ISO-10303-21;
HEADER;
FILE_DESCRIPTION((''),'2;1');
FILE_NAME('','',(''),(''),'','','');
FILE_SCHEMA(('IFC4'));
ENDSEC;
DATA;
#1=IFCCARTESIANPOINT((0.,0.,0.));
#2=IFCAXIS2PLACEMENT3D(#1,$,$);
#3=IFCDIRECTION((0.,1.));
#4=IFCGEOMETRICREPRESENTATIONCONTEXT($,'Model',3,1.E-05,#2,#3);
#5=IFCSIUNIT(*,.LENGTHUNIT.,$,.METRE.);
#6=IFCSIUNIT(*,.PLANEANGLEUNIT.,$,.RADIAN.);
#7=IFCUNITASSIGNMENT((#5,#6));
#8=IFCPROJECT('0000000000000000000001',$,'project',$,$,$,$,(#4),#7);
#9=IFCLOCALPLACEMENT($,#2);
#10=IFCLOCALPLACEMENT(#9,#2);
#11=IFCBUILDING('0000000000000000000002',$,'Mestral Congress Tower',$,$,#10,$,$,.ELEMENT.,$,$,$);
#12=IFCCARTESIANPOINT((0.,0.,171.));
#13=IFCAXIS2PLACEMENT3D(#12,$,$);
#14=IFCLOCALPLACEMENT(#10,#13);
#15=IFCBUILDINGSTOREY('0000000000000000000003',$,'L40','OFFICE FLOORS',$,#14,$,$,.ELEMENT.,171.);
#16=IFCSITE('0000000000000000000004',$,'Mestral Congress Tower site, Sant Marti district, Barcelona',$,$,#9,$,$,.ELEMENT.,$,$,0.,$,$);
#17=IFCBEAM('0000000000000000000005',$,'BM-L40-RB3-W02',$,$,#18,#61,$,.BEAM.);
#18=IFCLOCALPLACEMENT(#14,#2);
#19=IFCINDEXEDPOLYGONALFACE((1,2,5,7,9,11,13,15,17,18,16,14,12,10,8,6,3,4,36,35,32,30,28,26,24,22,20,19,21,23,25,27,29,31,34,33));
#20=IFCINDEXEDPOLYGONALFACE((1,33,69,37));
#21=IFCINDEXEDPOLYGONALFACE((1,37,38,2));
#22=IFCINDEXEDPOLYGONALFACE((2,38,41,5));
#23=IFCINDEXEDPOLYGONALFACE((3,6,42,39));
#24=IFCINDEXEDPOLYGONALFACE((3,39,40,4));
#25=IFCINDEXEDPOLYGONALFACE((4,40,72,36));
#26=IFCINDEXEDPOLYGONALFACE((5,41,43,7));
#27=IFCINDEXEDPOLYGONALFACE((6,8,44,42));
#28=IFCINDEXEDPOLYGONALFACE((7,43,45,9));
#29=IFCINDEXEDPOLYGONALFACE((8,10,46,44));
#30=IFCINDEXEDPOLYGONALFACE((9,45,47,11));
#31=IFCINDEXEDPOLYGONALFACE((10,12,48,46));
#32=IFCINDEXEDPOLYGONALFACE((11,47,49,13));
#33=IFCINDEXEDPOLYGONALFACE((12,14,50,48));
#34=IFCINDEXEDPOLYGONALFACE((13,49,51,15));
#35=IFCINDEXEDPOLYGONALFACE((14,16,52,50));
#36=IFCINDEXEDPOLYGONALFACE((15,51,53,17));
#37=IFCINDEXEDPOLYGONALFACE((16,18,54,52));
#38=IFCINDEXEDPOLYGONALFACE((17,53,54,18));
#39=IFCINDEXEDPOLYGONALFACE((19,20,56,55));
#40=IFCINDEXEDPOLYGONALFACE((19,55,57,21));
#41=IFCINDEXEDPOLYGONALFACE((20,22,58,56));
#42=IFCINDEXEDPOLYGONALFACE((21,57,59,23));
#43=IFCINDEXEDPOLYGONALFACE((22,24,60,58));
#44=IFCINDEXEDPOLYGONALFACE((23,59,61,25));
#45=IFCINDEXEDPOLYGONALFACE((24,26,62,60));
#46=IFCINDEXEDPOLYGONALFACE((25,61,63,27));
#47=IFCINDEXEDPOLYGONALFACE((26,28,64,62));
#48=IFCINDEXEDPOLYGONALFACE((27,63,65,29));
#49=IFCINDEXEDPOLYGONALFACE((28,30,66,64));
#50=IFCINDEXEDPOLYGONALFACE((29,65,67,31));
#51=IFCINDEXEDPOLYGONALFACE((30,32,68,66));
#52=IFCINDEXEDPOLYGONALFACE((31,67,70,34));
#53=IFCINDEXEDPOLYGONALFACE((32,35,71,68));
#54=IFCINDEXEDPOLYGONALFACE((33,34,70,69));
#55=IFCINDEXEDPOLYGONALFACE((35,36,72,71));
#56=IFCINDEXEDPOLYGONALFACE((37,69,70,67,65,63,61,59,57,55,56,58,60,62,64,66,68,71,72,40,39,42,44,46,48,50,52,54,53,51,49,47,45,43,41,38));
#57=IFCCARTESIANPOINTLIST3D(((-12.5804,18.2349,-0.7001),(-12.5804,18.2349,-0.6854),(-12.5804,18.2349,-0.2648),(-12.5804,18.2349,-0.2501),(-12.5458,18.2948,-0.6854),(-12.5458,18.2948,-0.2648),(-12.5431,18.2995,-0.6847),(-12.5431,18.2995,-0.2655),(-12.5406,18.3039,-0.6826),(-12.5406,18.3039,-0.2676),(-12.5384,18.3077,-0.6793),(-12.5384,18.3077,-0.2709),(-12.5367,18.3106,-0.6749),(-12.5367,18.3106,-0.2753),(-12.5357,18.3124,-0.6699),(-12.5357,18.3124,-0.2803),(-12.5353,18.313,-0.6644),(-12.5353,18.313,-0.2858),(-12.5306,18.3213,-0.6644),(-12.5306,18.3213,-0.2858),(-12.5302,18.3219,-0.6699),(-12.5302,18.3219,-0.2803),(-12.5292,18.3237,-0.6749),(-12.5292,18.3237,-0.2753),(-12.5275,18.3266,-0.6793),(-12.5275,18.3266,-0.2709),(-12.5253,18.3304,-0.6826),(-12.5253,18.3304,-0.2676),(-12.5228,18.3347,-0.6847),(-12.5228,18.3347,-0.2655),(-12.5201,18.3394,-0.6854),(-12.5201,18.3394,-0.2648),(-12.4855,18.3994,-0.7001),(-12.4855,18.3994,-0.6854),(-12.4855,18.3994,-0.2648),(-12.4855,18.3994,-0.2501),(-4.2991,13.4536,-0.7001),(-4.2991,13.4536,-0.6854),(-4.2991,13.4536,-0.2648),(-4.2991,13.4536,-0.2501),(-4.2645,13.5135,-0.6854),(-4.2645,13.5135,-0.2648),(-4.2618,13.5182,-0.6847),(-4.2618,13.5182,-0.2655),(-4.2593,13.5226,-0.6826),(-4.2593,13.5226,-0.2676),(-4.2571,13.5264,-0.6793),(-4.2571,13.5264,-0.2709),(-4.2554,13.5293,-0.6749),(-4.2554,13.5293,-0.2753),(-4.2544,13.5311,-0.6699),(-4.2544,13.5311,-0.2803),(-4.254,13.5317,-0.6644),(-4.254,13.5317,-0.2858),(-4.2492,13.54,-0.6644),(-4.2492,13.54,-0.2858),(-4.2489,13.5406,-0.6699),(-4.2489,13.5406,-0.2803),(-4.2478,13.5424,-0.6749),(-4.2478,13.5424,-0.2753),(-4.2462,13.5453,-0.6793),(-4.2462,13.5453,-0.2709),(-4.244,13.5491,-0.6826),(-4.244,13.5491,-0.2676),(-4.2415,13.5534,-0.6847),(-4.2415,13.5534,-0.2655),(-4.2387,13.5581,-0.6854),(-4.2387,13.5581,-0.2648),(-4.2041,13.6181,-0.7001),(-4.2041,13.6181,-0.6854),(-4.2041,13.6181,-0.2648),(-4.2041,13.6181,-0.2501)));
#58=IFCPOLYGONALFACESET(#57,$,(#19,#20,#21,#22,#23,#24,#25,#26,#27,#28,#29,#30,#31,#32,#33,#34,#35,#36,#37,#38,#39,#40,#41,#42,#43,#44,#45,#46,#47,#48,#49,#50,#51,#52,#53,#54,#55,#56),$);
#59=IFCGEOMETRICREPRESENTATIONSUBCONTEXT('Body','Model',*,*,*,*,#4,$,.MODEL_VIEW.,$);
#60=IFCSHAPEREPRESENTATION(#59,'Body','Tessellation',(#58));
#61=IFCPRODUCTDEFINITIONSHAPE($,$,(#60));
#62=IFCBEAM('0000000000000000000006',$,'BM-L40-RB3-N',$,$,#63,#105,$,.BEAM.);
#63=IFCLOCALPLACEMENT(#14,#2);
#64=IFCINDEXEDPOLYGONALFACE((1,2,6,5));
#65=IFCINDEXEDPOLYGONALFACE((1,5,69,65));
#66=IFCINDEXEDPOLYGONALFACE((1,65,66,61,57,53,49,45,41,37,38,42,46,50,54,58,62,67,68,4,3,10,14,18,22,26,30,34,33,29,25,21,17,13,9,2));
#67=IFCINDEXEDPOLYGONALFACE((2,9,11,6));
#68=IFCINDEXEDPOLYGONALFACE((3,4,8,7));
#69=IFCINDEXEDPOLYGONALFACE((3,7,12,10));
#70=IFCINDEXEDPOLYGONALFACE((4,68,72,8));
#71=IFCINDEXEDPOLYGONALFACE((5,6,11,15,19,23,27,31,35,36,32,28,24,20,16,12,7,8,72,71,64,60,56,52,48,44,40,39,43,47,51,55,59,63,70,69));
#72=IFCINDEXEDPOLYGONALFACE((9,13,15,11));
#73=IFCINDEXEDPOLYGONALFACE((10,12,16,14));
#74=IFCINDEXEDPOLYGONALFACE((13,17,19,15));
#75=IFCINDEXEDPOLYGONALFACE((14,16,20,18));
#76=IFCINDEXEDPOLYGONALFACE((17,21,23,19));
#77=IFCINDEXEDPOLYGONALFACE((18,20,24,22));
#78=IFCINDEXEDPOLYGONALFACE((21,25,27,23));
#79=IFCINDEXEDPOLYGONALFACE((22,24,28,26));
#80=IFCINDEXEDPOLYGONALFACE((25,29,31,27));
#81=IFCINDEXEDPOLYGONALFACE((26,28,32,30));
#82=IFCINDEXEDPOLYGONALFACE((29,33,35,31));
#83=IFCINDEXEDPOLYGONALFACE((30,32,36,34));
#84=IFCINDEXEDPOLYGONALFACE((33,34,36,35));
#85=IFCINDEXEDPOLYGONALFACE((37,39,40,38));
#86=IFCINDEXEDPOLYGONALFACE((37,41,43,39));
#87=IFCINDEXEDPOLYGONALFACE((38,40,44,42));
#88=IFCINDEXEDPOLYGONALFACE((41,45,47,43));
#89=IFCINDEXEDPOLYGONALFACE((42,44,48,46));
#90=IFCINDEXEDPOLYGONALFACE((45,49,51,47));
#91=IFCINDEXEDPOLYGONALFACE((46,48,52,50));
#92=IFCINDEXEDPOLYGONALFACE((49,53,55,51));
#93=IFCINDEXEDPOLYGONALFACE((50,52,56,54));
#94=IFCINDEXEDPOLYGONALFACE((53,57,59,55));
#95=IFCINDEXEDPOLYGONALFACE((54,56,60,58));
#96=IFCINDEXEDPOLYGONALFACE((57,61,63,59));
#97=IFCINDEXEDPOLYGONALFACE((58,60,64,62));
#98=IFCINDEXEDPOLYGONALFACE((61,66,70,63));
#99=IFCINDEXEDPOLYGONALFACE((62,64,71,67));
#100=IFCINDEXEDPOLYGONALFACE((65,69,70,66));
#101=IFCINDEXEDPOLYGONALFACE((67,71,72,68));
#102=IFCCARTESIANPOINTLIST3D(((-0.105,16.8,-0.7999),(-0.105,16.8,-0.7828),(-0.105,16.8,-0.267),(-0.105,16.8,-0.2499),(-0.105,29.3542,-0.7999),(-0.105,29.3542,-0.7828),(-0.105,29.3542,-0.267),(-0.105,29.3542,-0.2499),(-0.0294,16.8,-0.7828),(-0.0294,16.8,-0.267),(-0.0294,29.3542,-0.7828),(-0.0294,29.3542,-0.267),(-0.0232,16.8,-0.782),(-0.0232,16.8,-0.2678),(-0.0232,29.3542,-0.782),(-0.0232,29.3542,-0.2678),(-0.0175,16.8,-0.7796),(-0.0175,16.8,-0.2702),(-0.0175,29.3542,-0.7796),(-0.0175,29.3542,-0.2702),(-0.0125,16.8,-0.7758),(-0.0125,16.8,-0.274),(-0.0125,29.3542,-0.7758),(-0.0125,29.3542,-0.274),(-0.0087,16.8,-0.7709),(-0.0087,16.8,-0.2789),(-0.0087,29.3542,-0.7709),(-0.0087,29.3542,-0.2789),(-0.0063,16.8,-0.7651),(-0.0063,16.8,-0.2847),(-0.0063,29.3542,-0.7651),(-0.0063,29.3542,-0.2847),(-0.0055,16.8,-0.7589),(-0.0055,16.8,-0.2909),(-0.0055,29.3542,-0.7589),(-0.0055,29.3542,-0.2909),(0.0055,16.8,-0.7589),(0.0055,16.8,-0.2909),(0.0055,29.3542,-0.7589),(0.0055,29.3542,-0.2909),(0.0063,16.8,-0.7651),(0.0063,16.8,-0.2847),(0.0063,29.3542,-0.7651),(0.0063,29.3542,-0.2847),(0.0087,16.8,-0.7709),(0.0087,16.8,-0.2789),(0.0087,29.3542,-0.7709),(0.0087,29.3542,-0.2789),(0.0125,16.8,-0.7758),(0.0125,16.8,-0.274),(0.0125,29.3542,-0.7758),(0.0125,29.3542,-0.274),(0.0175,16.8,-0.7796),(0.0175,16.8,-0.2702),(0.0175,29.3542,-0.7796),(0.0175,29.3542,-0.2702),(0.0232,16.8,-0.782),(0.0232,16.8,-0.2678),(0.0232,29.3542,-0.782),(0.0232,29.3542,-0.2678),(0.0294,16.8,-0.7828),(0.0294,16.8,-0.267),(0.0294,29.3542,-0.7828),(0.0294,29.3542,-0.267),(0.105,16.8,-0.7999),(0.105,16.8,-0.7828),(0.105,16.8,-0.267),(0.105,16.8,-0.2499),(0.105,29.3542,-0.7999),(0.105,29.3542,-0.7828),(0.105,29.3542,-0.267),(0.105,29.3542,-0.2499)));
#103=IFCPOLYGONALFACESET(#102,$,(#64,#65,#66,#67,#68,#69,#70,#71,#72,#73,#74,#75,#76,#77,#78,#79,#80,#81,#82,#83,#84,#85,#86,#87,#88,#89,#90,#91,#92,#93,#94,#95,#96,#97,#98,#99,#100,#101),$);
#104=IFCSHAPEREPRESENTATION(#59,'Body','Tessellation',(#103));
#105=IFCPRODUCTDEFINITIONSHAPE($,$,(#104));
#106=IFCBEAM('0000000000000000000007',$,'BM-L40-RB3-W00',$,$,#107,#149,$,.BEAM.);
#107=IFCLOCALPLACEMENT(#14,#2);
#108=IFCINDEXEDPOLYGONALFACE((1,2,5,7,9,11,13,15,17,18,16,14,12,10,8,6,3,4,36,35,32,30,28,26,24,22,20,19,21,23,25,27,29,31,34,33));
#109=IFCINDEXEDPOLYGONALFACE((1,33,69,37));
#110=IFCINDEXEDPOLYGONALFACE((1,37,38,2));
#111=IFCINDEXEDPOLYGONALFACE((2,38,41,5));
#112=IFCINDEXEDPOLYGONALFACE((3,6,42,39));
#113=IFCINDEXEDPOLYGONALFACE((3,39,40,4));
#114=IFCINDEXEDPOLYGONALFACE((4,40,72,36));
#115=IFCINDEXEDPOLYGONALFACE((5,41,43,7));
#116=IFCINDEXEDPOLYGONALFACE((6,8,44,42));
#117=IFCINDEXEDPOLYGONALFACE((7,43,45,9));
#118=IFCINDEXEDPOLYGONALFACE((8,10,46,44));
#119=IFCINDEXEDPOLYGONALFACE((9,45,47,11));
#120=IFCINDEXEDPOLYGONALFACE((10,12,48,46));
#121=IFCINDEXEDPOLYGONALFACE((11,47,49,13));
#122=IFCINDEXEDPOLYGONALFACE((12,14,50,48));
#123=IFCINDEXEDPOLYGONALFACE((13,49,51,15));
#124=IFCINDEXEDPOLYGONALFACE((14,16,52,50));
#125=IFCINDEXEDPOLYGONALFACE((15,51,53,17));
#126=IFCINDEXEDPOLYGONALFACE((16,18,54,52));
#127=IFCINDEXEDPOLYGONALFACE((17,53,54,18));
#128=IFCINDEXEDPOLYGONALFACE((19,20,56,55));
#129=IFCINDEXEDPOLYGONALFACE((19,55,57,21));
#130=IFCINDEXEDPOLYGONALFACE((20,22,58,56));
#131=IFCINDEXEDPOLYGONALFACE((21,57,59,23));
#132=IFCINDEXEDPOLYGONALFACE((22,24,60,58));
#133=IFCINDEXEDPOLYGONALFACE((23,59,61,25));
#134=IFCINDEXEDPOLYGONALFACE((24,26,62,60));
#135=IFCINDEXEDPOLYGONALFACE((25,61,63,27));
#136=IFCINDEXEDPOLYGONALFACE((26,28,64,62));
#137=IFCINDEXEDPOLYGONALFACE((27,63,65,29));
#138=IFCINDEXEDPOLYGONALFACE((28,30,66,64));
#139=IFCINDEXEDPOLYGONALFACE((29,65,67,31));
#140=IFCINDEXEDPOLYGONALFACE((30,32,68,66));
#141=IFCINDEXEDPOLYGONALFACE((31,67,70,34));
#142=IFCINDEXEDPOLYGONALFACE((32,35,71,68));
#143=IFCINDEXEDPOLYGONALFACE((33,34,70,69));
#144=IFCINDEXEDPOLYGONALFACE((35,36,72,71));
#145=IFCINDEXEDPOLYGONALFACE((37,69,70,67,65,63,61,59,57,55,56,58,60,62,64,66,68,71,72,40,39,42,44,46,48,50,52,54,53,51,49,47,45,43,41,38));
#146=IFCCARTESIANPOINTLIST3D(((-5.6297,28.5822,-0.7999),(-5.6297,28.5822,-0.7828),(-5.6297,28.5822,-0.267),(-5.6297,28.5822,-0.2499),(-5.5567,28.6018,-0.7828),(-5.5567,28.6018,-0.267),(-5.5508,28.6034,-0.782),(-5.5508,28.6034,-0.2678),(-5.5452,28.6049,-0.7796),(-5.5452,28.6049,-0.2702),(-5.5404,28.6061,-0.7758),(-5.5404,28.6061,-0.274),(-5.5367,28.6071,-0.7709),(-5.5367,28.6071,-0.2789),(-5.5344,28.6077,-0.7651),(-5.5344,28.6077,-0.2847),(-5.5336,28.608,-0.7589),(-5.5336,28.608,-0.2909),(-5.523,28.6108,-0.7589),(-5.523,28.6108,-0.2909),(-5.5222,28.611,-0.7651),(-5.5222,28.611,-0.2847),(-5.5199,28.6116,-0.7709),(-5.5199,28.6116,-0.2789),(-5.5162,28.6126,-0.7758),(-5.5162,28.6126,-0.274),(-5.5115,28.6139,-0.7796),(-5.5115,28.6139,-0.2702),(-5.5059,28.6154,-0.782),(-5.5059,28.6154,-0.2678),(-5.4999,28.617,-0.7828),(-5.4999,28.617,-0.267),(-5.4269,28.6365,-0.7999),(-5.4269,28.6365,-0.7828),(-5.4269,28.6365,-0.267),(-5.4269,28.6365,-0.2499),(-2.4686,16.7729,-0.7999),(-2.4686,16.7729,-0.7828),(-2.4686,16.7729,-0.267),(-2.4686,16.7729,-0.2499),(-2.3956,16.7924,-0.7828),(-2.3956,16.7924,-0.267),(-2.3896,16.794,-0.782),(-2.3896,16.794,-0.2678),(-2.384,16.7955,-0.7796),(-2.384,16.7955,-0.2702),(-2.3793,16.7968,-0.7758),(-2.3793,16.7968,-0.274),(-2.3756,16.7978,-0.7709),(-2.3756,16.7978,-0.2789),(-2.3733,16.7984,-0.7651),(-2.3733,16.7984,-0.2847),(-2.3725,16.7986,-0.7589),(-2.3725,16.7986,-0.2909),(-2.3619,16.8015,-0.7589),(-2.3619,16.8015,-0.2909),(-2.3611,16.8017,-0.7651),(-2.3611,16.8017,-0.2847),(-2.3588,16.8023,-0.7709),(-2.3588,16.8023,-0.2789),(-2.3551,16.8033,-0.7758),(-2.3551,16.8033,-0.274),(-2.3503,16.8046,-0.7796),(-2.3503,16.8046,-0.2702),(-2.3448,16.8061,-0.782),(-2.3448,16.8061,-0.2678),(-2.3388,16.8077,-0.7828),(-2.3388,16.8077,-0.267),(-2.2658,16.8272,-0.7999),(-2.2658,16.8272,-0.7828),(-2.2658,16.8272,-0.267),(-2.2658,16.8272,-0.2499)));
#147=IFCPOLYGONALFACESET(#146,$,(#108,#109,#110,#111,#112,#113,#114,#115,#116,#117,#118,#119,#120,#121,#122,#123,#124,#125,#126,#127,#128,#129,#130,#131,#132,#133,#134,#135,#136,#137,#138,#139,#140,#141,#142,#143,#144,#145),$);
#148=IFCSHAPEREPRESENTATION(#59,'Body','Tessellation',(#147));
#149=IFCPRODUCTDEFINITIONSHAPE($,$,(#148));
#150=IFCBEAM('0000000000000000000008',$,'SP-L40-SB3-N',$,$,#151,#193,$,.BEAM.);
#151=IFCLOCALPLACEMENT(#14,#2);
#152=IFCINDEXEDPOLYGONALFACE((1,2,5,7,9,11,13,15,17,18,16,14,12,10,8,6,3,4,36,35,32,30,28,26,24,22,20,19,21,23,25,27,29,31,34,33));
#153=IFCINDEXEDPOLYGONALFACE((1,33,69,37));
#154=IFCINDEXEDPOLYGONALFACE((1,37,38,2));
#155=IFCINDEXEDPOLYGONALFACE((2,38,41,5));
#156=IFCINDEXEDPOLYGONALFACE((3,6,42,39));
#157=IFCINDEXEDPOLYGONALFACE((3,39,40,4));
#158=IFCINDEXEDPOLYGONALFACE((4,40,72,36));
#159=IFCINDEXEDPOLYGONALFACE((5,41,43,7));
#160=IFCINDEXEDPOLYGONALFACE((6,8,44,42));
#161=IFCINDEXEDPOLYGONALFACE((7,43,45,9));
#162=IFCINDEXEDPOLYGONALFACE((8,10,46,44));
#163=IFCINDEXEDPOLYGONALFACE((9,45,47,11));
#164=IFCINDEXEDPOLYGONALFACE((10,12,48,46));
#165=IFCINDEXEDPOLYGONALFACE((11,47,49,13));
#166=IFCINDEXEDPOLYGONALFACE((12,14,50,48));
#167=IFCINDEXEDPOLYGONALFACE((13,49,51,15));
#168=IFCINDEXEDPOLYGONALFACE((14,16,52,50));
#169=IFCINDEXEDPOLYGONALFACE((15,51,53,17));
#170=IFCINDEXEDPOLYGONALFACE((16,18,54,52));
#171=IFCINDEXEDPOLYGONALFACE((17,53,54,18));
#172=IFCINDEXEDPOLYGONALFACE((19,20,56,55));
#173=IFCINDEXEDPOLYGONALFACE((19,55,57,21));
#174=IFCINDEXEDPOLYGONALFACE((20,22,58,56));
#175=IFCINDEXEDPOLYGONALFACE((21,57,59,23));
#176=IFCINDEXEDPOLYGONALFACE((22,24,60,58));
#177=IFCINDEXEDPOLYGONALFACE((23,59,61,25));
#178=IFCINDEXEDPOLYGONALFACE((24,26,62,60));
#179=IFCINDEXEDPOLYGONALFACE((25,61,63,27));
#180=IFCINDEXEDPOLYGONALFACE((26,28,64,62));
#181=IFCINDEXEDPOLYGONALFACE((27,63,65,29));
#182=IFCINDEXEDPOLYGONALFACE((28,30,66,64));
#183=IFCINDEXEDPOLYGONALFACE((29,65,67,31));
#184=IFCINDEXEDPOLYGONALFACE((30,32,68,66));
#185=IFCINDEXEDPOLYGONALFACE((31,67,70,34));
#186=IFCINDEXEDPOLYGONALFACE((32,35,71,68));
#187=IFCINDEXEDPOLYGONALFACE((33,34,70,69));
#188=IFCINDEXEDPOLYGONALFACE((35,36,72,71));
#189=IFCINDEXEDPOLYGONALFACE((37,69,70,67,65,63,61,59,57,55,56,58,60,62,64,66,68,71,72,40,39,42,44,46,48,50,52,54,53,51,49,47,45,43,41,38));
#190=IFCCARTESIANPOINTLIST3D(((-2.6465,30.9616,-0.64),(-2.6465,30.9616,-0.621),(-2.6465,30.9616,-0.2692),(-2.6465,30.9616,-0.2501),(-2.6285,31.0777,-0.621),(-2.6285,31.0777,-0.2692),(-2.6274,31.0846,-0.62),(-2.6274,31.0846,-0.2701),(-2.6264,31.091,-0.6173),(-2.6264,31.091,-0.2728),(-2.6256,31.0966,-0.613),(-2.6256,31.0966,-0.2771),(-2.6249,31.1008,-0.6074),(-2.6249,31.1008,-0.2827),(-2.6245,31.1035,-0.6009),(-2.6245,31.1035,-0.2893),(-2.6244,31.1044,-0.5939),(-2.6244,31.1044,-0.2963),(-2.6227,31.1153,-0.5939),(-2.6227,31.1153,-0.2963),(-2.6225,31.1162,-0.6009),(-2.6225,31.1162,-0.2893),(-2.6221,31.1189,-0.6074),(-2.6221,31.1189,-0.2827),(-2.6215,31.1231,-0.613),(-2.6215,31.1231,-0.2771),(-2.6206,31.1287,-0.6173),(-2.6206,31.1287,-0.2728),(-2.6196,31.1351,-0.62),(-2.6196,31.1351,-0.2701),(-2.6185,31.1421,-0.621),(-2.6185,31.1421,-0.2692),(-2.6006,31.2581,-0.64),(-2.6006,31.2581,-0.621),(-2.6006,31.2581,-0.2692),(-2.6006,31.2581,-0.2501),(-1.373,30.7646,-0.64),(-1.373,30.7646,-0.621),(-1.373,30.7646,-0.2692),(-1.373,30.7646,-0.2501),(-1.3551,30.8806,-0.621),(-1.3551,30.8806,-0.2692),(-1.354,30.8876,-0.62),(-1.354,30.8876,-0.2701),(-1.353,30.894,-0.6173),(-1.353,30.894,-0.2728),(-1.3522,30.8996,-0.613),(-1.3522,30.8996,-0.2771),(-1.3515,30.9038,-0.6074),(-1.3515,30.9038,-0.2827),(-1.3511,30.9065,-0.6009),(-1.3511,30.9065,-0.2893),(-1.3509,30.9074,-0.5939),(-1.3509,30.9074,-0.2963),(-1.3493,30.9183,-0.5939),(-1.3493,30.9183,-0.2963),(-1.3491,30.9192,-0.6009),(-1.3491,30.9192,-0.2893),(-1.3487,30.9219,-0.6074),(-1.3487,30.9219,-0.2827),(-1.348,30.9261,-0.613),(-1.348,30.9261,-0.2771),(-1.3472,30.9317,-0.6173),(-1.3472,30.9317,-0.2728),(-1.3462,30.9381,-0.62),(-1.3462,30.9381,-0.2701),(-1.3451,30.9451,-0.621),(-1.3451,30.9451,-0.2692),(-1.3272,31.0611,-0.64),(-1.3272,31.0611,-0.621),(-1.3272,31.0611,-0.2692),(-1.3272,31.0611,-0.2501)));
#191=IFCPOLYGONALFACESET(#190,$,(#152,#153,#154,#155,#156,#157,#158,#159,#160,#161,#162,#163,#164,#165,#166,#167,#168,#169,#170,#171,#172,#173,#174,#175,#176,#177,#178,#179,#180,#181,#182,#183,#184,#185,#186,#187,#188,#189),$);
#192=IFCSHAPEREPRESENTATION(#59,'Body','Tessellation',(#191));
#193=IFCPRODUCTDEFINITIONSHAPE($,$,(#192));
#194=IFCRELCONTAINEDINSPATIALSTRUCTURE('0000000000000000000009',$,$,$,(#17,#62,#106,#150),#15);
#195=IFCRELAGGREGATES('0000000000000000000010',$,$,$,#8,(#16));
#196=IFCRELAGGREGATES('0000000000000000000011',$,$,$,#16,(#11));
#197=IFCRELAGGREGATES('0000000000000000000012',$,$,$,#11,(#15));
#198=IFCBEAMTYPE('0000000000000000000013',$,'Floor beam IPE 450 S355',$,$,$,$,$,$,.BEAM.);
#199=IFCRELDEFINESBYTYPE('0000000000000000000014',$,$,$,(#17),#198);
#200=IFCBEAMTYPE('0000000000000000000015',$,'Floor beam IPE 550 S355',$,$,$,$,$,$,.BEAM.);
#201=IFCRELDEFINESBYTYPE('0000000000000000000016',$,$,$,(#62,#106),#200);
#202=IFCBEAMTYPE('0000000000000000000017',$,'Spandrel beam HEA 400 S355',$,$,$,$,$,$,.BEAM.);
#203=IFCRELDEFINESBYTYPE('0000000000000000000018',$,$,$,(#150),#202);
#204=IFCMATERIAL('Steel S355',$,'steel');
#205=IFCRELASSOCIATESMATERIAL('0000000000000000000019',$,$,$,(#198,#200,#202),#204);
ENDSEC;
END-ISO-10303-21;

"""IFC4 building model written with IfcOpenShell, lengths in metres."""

from ifc_helpers import new_model, si_unit, direction, frame, origin, origin_2d, place, context, subcontext, project, spatial, i_section, extrude, material, material_profile, profile_set, type_object, element, save


model = new_model("IFC4")

# Units and contexts
model_context = context("Model", 3, precision=1e-05, world=origin(), true_north=direction((0.0, 1.0)))
body_context = subcontext(model_context, "Body", "Model", "MODEL_VIEW")
ifc_project = project(units=[si_unit("LENGTHUNIT", "METRE"), si_unit("PLANEANGLEUNIT", "RADIAN")], contexts=[model_context])

# Site, building, storey
site_placement = place(None, origin())
site = spatial("IfcSite", under=ifc_project, at=site_placement, Name="Mestral Congress Tower site, Sant Marti district, Barcelona", CompositionType="ELEMENT", RefElevation=0.0)
building_placement = place(site_placement, origin())
building = spatial("IfcBuilding", under=site, at=building_placement, Name="Mestral Congress Tower", CompositionType="ELEMENT")
storey_placement = place(building_placement, frame((0.0, 0.0, 171.0)))
storey = spatial("IfcBuildingStorey", under=building, at=storey_placement, Name="L40", Description="OFFICE FLOORS", CompositionType="ELEMENT", Elevation=171.0)

# Beams
ifc_material_1 = material(Name="Steel S355", Category="steel")
ifc_material_profile_1 = material_profile(ifc_material_1, i_section(OverallWidth=0.1899, OverallDepth=0.45, WebThickness=0.0095, FlangeThickness=0.0146, FilletRadius=0.021, at=origin_2d()), Name="IPE 450")
ifc_profile_set_1 = profile_set([ifc_material_profile_1], Name="Steel S355")
beam_type_1 = type_object("IfcBeamType", Name="Floor beam IPE 450 S355", PredefinedType="BEAM", material=ifc_profile_set_1)
beam_1_placement = place(storey_placement, frame((-12.533, 18.3171, -0.4751), z_axis=(0.866022, -0.500005, 0.0), x_axis=(0.500005, 0.866022, 0.0)))
element("IfcBeam", 1, at=beam_1_placement, inside=storey, type_object=beam_type_1, Name="BM-L40-RB3-W02", PredefinedType="BEAM", context=body_context, shape_type="SweptSolid", body=[
    extrude(i_section(OverallWidth=0.1899, OverallDepth=0.45, WebThickness=0.0095, FlangeThickness=0.0146, FilletRadius=0.021, at=origin_2d()), origin(), (0.0, 0.0, 1.0), 9.5625),
])
ifc_material_profile_2 = material_profile(ifc_material_1, i_section(OverallWidth=0.21, OverallDepth=0.55, WebThickness=0.011, FlangeThickness=0.0171, FilletRadius=0.0239, at=origin_2d()), Name="IPE 550")
ifc_profile_set_2 = profile_set([ifc_material_profile_2], Name="Steel S355")
beam_type_2 = type_object("IfcBeamType", Name="Floor beam IPE 550 S355", PredefinedType="BEAM", material=ifc_profile_set_2)
beam_2_placement = place(storey_placement, frame((0.0, 29.3542, -0.5249), z_axis=(0.0, -1.0, 0.0), x_axis=(1.0, 0.0, 0.0)))
element("IfcBeam", 2, at=beam_2_placement, inside=storey, type_object=beam_type_2, Name="BM-L40-RB3-N", PredefinedType="BEAM", context=body_context, shape_type="SweptSolid", body=[
    extrude(i_section(OverallWidth=0.21, OverallDepth=0.55, WebThickness=0.011, FlangeThickness=0.0171, FilletRadius=0.0239, at=origin_2d()), origin(), (0.0, 0.0, 1.0), 12.5542),
])
beam_3_placement = place(storey_placement, frame((-5.5283, 28.6094, -0.5249), z_axis=(0.258577, -0.965991, 0.0), x_axis=(0.965991, 0.258577, 0.0)))
element("IfcBeam", 3, at=beam_3_placement, inside=storey, type_object=beam_type_2, Name="BM-L40-RB3-W00", PredefinedType="BEAM", context=body_context, shape_type="SweptSolid", body=[
    extrude(i_section(OverallWidth=0.21, OverallDepth=0.55, WebThickness=0.011, FlangeThickness=0.0171, FilletRadius=0.0239, at=origin_2d()), origin(), (0.0, 0.0, 1.0), 12.2251),
])
ifc_material_profile_3 = material_profile(ifc_material_1, i_section(OverallWidth=0.3, OverallDepth=0.3899, WebThickness=0.011, FlangeThickness=0.019, FilletRadius=0.0271, at=origin_2d()), Name="HEA 400")
ifc_profile_set_3 = profile_set([ifc_material_profile_3], Name="Steel S355")
beam_type_3 = type_object("IfcBeamType", Name="Spandrel beam HEA 400 S355", PredefinedType="BEAM", material=ifc_profile_set_3)
beam_4_placement = place(storey_placement, frame((-1.3501, 30.9128, -0.4451), z_axis=(-0.988242, 0.152897, 0.0), x_axis=(-0.152897, -0.988242, 0.0)))
element("IfcBeam", 4, at=beam_4_placement, inside=storey, type_object=beam_type_3, Name="SP-L40-SB3-N", PredefinedType="BEAM", context=body_context, shape_type="SweptSolid", body=[
    extrude(i_section(OverallWidth=0.3, OverallDepth=0.3899, WebThickness=0.011, FlangeThickness=0.019, FilletRadius=0.0271, at=origin_2d()), origin(), (0.0, 0.0, 1.0), 1.2886),
])

save(model, "model.ifc")
